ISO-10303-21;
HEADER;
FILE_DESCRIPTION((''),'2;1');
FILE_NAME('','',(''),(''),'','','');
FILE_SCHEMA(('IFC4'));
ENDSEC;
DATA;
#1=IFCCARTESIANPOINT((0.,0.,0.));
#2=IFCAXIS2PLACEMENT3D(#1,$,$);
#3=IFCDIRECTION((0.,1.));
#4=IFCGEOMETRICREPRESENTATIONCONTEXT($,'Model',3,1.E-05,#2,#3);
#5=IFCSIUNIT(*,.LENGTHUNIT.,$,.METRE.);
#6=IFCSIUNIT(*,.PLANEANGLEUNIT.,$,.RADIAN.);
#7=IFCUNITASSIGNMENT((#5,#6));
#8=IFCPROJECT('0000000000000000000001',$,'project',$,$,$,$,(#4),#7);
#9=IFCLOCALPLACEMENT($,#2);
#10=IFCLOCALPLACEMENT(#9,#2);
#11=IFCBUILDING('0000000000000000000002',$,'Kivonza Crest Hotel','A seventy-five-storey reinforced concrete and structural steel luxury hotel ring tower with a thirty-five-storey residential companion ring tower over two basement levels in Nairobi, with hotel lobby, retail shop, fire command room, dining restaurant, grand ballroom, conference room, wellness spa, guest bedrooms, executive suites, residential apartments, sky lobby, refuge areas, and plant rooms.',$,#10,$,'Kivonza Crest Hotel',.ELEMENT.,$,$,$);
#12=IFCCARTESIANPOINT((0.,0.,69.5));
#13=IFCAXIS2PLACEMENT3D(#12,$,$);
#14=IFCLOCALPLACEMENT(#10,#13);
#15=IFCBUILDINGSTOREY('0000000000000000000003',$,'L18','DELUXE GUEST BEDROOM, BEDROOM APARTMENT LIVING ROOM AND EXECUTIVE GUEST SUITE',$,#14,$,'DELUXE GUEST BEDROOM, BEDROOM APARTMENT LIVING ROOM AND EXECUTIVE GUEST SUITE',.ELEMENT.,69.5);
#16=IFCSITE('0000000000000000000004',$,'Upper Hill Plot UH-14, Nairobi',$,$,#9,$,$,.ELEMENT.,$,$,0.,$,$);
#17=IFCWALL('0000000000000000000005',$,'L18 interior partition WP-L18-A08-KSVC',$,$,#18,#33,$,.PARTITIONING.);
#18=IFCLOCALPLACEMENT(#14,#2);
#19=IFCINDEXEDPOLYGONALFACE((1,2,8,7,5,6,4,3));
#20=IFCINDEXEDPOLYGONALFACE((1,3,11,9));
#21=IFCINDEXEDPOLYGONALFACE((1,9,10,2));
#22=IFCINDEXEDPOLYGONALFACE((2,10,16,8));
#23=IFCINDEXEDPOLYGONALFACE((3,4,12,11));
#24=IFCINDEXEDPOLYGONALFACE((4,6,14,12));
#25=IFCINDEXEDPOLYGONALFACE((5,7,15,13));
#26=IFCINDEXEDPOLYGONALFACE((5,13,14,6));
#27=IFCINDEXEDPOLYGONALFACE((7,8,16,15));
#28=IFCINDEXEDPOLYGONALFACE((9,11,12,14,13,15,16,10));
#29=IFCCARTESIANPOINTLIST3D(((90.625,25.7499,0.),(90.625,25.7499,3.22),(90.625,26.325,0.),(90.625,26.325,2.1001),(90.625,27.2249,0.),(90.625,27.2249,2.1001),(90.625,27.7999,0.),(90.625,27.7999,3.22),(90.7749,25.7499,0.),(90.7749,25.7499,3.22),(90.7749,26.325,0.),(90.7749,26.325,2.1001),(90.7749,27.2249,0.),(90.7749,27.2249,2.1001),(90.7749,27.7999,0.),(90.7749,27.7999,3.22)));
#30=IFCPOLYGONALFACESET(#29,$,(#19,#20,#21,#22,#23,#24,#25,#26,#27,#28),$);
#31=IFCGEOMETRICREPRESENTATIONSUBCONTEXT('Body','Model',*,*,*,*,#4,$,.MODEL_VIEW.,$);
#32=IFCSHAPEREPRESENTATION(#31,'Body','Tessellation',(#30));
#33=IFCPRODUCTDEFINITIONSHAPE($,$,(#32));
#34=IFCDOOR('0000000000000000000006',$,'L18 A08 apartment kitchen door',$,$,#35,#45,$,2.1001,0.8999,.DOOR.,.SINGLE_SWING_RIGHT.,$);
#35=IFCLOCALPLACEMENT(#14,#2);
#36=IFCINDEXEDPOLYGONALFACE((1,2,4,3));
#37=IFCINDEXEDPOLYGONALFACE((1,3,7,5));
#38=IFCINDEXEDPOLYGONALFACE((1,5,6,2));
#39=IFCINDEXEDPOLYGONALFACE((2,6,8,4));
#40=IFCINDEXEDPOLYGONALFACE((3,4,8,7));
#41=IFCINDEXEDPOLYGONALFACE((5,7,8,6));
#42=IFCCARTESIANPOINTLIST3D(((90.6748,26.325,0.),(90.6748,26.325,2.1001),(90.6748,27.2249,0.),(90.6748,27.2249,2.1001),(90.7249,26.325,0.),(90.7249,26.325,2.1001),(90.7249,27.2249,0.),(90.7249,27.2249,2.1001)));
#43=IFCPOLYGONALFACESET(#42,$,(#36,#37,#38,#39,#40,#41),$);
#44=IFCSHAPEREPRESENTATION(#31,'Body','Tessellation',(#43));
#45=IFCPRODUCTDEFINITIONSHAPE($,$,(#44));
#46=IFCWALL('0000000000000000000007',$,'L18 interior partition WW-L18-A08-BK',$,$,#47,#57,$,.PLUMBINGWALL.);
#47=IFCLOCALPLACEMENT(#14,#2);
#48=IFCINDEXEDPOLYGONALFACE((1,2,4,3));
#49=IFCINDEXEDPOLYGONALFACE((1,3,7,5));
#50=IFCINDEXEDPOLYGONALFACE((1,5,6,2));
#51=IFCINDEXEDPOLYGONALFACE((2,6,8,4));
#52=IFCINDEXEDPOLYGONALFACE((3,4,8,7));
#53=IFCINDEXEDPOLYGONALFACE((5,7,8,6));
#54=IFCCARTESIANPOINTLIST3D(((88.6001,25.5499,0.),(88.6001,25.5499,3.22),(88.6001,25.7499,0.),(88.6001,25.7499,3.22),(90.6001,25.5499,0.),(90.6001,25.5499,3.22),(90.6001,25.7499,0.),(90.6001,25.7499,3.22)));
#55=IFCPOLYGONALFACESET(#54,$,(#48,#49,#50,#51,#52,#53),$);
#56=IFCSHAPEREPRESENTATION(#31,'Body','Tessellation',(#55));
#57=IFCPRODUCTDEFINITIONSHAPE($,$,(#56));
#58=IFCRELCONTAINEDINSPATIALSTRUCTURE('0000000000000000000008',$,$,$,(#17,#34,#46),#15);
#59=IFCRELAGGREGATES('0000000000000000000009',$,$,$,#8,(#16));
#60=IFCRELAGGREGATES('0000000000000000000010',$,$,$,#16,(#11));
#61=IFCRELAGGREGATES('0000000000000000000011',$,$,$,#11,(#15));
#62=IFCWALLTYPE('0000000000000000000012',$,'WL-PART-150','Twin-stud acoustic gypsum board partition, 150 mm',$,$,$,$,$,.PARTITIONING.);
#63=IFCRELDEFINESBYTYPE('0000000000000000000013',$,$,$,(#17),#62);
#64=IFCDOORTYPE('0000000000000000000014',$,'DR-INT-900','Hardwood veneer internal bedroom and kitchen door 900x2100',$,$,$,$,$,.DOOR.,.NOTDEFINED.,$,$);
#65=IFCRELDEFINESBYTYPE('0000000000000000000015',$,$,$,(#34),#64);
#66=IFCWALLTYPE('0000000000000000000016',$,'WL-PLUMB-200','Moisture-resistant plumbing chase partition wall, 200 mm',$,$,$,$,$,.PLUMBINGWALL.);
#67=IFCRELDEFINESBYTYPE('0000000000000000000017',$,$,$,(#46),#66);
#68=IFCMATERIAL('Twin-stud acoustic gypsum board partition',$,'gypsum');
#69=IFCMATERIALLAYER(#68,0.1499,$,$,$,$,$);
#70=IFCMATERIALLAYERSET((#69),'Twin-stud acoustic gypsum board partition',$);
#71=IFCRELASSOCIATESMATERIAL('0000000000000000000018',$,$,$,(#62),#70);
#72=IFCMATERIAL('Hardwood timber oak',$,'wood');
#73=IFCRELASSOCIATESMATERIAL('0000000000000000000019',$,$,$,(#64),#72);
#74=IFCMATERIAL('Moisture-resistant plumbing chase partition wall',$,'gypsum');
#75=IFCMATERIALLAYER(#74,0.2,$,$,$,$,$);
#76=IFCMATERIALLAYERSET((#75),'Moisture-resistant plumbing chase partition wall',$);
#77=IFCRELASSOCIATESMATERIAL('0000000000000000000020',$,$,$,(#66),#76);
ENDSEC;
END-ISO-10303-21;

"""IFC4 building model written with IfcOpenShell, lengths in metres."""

from ifc_helpers import new_model, si_unit, direction, frame, frame_2d, origin, place, context, subcontext, project, spatial, rectangle, extrude, material, layer, layer_set, type_object, element, fill, save


model = new_model("IFC4")

# Units and contexts
model_context = context("Model", 3, precision=1e-05, world=origin(), true_north=direction((0.0, 1.0)))
body_context = subcontext(model_context, "Body", "Model", "MODEL_VIEW")
ifc_project = project(units=[si_unit("LENGTHUNIT", "METRE"), si_unit("PLANEANGLEUNIT", "RADIAN")], contexts=[model_context])

# Site, building, storey
site_placement = place(None, origin())
site = spatial("IfcSite", under=ifc_project, at=site_placement, Name="Upper Hill Plot UH-14, Nairobi", CompositionType="ELEMENT", RefElevation=0.0)
building_placement = place(site_placement, origin())
building = spatial("IfcBuilding", under=site, at=building_placement, Name="Kivonza Crest Hotel", Description="A seventy-five-storey reinforced concrete and structural steel luxury hotel ring tower with a thirty-five-storey residential companion ring tower over two basement levels in Nairobi, with hotel lobby, retail shop, fire command room, dining restaurant, grand ballroom, conference room, wellness spa, guest bedrooms, executive suites, residential apartments, sky lobby, refuge areas, and plant rooms.", LongName="Kivonza Crest Hotel", CompositionType="ELEMENT")
storey_placement = place(building_placement, frame((0.0, 0.0, 69.5)))
storey = spatial("IfcBuildingStorey", under=building, at=storey_placement, Name="L18", Description="DELUXE GUEST BEDROOM, BEDROOM APARTMENT LIVING ROOM AND EXECUTIVE GUEST SUITE", LongName="DELUXE GUEST BEDROOM, BEDROOM APARTMENT LIVING ROOM AND EXECUTIVE GUEST SUITE", CompositionType="ELEMENT", Elevation=69.5)

# Shared definitions
ifc_material_1 = material(Name="Hardwood timber oak", Category="wood")

# Shared definitions
ifc_material_2 = material(Name="Twin-stud acoustic gypsum board partition", Category="gypsum")
ifc_layer_1 = layer(ifc_material_2, 0.1499)
ifc_layer_set_1 = layer_set([ifc_layer_1], Name="Twin-stud acoustic gypsum board partition")
wall_type_1 = type_object("IfcWallType", Name="WL-PART-150", Description="Twin-stud acoustic gypsum board partition, 150 mm", PredefinedType="PARTITIONING", material=ifc_layer_set_1)
door_type_1 = type_object("IfcDoorType", Name="DR-INT-900", Description="Hardwood veneer internal bedroom and kitchen door 900x2100", OperationType="NOTDEFINED", PredefinedType="DOOR", material=ifc_material_1)

# Wall, opening, door
wall_1_placement = place(storey_placement, frame((90.7, 25.75, 0.0), z_axis=(0.0, 0.0, 1.0), x_axis=(0.0, 1.0, 0.0)))
wall_1 = element("IfcWall", 1, at=wall_1_placement, inside=storey, type_object=wall_type_1, Name="L18 interior partition WP-L18-A08-KSVC", PredefinedType="PARTITIONING", context=body_context, shape_type="SweptSolid", body=[
    extrude(rectangle(XDim=2.05, YDim=0.1499, at=frame_2d((1.0249, 0.0))), origin(), (0.0, 0.0, 1.0), 3.22),
])
opening_1_placement = place(wall_1_placement, frame((0.575, 0.0, 0.0)))
opening_1 = element("IfcOpeningElement", 2, at=opening_1_placement, cuts=wall_1, PredefinedType="OPENING", context=body_context, shape_type="SweptSolid", body=[
    extrude(rectangle(XDim=0.8999, YDim=2.1001, at=frame_2d((0.45, 1.05))), frame((0.0, 0.085, 0.0), z_axis=(0.0, -1.0, 0.0), x_axis=(1.0, 0.0, 0.0)), (0.0, 0.0, 1.0), 0.1699),
])
door_1_placement = place(opening_1_placement, frame((0.8999, 0.0, 0.0), z_axis=(0.0, 0.0, 1.0), x_axis=(-1.0, 0.0, 0.0)))
door_1 = element("IfcDoor", 3, at=door_1_placement, inside=storey, type_object=door_type_1, Name="L18 A08 apartment kitchen door", OperationType="SINGLE_SWING_RIGHT", OverallHeight=2.1001, OverallWidth=0.8999, PredefinedType="DOOR", context=body_context, shape_type="SweptSolid", body=[
    extrude(rectangle(XDim=0.8999, YDim=2.1001, at=frame_2d((0.45, 1.05))), frame((0.0, 0.0249, 0.0), z_axis=(0.0, -1.0, 0.0), x_axis=(1.0, 0.0, 0.0)), (0.0, 0.0, 1.0), 0.05),
])
fill(opening_1, door_1)

# Wall
ifc_material_3 = material(Name="Moisture-resistant plumbing chase partition wall", Category="gypsum")
ifc_layer_2 = layer(ifc_material_3, 0.2)
ifc_layer_set_2 = layer_set([ifc_layer_2], Name="Moisture-resistant plumbing chase partition wall")
wall_type_2 = type_object("IfcWallType", Name="WL-PLUMB-200", Description="Moisture-resistant plumbing chase partition wall, 200 mm", PredefinedType="PLUMBINGWALL", material=ifc_layer_set_2)
wall_2_placement = place(storey_placement, frame((88.6001, 25.6499, 0.0), z_axis=(0.0, 0.0, 1.0), x_axis=(1.0, 0.0, 0.0)))
element("IfcWall", 4, at=wall_2_placement, inside=storey, type_object=wall_type_2, Name="L18 interior partition WW-L18-A08-BK", PredefinedType="PLUMBINGWALL", context=body_context, shape_type="SweptSolid", body=[
    extrude(rectangle(XDim=2.0, YDim=0.2, at=frame_2d((1.0, 0.0))), origin(), (0.0, 0.0, 1.0), 3.22),
])

save(model, "model.ifc")
